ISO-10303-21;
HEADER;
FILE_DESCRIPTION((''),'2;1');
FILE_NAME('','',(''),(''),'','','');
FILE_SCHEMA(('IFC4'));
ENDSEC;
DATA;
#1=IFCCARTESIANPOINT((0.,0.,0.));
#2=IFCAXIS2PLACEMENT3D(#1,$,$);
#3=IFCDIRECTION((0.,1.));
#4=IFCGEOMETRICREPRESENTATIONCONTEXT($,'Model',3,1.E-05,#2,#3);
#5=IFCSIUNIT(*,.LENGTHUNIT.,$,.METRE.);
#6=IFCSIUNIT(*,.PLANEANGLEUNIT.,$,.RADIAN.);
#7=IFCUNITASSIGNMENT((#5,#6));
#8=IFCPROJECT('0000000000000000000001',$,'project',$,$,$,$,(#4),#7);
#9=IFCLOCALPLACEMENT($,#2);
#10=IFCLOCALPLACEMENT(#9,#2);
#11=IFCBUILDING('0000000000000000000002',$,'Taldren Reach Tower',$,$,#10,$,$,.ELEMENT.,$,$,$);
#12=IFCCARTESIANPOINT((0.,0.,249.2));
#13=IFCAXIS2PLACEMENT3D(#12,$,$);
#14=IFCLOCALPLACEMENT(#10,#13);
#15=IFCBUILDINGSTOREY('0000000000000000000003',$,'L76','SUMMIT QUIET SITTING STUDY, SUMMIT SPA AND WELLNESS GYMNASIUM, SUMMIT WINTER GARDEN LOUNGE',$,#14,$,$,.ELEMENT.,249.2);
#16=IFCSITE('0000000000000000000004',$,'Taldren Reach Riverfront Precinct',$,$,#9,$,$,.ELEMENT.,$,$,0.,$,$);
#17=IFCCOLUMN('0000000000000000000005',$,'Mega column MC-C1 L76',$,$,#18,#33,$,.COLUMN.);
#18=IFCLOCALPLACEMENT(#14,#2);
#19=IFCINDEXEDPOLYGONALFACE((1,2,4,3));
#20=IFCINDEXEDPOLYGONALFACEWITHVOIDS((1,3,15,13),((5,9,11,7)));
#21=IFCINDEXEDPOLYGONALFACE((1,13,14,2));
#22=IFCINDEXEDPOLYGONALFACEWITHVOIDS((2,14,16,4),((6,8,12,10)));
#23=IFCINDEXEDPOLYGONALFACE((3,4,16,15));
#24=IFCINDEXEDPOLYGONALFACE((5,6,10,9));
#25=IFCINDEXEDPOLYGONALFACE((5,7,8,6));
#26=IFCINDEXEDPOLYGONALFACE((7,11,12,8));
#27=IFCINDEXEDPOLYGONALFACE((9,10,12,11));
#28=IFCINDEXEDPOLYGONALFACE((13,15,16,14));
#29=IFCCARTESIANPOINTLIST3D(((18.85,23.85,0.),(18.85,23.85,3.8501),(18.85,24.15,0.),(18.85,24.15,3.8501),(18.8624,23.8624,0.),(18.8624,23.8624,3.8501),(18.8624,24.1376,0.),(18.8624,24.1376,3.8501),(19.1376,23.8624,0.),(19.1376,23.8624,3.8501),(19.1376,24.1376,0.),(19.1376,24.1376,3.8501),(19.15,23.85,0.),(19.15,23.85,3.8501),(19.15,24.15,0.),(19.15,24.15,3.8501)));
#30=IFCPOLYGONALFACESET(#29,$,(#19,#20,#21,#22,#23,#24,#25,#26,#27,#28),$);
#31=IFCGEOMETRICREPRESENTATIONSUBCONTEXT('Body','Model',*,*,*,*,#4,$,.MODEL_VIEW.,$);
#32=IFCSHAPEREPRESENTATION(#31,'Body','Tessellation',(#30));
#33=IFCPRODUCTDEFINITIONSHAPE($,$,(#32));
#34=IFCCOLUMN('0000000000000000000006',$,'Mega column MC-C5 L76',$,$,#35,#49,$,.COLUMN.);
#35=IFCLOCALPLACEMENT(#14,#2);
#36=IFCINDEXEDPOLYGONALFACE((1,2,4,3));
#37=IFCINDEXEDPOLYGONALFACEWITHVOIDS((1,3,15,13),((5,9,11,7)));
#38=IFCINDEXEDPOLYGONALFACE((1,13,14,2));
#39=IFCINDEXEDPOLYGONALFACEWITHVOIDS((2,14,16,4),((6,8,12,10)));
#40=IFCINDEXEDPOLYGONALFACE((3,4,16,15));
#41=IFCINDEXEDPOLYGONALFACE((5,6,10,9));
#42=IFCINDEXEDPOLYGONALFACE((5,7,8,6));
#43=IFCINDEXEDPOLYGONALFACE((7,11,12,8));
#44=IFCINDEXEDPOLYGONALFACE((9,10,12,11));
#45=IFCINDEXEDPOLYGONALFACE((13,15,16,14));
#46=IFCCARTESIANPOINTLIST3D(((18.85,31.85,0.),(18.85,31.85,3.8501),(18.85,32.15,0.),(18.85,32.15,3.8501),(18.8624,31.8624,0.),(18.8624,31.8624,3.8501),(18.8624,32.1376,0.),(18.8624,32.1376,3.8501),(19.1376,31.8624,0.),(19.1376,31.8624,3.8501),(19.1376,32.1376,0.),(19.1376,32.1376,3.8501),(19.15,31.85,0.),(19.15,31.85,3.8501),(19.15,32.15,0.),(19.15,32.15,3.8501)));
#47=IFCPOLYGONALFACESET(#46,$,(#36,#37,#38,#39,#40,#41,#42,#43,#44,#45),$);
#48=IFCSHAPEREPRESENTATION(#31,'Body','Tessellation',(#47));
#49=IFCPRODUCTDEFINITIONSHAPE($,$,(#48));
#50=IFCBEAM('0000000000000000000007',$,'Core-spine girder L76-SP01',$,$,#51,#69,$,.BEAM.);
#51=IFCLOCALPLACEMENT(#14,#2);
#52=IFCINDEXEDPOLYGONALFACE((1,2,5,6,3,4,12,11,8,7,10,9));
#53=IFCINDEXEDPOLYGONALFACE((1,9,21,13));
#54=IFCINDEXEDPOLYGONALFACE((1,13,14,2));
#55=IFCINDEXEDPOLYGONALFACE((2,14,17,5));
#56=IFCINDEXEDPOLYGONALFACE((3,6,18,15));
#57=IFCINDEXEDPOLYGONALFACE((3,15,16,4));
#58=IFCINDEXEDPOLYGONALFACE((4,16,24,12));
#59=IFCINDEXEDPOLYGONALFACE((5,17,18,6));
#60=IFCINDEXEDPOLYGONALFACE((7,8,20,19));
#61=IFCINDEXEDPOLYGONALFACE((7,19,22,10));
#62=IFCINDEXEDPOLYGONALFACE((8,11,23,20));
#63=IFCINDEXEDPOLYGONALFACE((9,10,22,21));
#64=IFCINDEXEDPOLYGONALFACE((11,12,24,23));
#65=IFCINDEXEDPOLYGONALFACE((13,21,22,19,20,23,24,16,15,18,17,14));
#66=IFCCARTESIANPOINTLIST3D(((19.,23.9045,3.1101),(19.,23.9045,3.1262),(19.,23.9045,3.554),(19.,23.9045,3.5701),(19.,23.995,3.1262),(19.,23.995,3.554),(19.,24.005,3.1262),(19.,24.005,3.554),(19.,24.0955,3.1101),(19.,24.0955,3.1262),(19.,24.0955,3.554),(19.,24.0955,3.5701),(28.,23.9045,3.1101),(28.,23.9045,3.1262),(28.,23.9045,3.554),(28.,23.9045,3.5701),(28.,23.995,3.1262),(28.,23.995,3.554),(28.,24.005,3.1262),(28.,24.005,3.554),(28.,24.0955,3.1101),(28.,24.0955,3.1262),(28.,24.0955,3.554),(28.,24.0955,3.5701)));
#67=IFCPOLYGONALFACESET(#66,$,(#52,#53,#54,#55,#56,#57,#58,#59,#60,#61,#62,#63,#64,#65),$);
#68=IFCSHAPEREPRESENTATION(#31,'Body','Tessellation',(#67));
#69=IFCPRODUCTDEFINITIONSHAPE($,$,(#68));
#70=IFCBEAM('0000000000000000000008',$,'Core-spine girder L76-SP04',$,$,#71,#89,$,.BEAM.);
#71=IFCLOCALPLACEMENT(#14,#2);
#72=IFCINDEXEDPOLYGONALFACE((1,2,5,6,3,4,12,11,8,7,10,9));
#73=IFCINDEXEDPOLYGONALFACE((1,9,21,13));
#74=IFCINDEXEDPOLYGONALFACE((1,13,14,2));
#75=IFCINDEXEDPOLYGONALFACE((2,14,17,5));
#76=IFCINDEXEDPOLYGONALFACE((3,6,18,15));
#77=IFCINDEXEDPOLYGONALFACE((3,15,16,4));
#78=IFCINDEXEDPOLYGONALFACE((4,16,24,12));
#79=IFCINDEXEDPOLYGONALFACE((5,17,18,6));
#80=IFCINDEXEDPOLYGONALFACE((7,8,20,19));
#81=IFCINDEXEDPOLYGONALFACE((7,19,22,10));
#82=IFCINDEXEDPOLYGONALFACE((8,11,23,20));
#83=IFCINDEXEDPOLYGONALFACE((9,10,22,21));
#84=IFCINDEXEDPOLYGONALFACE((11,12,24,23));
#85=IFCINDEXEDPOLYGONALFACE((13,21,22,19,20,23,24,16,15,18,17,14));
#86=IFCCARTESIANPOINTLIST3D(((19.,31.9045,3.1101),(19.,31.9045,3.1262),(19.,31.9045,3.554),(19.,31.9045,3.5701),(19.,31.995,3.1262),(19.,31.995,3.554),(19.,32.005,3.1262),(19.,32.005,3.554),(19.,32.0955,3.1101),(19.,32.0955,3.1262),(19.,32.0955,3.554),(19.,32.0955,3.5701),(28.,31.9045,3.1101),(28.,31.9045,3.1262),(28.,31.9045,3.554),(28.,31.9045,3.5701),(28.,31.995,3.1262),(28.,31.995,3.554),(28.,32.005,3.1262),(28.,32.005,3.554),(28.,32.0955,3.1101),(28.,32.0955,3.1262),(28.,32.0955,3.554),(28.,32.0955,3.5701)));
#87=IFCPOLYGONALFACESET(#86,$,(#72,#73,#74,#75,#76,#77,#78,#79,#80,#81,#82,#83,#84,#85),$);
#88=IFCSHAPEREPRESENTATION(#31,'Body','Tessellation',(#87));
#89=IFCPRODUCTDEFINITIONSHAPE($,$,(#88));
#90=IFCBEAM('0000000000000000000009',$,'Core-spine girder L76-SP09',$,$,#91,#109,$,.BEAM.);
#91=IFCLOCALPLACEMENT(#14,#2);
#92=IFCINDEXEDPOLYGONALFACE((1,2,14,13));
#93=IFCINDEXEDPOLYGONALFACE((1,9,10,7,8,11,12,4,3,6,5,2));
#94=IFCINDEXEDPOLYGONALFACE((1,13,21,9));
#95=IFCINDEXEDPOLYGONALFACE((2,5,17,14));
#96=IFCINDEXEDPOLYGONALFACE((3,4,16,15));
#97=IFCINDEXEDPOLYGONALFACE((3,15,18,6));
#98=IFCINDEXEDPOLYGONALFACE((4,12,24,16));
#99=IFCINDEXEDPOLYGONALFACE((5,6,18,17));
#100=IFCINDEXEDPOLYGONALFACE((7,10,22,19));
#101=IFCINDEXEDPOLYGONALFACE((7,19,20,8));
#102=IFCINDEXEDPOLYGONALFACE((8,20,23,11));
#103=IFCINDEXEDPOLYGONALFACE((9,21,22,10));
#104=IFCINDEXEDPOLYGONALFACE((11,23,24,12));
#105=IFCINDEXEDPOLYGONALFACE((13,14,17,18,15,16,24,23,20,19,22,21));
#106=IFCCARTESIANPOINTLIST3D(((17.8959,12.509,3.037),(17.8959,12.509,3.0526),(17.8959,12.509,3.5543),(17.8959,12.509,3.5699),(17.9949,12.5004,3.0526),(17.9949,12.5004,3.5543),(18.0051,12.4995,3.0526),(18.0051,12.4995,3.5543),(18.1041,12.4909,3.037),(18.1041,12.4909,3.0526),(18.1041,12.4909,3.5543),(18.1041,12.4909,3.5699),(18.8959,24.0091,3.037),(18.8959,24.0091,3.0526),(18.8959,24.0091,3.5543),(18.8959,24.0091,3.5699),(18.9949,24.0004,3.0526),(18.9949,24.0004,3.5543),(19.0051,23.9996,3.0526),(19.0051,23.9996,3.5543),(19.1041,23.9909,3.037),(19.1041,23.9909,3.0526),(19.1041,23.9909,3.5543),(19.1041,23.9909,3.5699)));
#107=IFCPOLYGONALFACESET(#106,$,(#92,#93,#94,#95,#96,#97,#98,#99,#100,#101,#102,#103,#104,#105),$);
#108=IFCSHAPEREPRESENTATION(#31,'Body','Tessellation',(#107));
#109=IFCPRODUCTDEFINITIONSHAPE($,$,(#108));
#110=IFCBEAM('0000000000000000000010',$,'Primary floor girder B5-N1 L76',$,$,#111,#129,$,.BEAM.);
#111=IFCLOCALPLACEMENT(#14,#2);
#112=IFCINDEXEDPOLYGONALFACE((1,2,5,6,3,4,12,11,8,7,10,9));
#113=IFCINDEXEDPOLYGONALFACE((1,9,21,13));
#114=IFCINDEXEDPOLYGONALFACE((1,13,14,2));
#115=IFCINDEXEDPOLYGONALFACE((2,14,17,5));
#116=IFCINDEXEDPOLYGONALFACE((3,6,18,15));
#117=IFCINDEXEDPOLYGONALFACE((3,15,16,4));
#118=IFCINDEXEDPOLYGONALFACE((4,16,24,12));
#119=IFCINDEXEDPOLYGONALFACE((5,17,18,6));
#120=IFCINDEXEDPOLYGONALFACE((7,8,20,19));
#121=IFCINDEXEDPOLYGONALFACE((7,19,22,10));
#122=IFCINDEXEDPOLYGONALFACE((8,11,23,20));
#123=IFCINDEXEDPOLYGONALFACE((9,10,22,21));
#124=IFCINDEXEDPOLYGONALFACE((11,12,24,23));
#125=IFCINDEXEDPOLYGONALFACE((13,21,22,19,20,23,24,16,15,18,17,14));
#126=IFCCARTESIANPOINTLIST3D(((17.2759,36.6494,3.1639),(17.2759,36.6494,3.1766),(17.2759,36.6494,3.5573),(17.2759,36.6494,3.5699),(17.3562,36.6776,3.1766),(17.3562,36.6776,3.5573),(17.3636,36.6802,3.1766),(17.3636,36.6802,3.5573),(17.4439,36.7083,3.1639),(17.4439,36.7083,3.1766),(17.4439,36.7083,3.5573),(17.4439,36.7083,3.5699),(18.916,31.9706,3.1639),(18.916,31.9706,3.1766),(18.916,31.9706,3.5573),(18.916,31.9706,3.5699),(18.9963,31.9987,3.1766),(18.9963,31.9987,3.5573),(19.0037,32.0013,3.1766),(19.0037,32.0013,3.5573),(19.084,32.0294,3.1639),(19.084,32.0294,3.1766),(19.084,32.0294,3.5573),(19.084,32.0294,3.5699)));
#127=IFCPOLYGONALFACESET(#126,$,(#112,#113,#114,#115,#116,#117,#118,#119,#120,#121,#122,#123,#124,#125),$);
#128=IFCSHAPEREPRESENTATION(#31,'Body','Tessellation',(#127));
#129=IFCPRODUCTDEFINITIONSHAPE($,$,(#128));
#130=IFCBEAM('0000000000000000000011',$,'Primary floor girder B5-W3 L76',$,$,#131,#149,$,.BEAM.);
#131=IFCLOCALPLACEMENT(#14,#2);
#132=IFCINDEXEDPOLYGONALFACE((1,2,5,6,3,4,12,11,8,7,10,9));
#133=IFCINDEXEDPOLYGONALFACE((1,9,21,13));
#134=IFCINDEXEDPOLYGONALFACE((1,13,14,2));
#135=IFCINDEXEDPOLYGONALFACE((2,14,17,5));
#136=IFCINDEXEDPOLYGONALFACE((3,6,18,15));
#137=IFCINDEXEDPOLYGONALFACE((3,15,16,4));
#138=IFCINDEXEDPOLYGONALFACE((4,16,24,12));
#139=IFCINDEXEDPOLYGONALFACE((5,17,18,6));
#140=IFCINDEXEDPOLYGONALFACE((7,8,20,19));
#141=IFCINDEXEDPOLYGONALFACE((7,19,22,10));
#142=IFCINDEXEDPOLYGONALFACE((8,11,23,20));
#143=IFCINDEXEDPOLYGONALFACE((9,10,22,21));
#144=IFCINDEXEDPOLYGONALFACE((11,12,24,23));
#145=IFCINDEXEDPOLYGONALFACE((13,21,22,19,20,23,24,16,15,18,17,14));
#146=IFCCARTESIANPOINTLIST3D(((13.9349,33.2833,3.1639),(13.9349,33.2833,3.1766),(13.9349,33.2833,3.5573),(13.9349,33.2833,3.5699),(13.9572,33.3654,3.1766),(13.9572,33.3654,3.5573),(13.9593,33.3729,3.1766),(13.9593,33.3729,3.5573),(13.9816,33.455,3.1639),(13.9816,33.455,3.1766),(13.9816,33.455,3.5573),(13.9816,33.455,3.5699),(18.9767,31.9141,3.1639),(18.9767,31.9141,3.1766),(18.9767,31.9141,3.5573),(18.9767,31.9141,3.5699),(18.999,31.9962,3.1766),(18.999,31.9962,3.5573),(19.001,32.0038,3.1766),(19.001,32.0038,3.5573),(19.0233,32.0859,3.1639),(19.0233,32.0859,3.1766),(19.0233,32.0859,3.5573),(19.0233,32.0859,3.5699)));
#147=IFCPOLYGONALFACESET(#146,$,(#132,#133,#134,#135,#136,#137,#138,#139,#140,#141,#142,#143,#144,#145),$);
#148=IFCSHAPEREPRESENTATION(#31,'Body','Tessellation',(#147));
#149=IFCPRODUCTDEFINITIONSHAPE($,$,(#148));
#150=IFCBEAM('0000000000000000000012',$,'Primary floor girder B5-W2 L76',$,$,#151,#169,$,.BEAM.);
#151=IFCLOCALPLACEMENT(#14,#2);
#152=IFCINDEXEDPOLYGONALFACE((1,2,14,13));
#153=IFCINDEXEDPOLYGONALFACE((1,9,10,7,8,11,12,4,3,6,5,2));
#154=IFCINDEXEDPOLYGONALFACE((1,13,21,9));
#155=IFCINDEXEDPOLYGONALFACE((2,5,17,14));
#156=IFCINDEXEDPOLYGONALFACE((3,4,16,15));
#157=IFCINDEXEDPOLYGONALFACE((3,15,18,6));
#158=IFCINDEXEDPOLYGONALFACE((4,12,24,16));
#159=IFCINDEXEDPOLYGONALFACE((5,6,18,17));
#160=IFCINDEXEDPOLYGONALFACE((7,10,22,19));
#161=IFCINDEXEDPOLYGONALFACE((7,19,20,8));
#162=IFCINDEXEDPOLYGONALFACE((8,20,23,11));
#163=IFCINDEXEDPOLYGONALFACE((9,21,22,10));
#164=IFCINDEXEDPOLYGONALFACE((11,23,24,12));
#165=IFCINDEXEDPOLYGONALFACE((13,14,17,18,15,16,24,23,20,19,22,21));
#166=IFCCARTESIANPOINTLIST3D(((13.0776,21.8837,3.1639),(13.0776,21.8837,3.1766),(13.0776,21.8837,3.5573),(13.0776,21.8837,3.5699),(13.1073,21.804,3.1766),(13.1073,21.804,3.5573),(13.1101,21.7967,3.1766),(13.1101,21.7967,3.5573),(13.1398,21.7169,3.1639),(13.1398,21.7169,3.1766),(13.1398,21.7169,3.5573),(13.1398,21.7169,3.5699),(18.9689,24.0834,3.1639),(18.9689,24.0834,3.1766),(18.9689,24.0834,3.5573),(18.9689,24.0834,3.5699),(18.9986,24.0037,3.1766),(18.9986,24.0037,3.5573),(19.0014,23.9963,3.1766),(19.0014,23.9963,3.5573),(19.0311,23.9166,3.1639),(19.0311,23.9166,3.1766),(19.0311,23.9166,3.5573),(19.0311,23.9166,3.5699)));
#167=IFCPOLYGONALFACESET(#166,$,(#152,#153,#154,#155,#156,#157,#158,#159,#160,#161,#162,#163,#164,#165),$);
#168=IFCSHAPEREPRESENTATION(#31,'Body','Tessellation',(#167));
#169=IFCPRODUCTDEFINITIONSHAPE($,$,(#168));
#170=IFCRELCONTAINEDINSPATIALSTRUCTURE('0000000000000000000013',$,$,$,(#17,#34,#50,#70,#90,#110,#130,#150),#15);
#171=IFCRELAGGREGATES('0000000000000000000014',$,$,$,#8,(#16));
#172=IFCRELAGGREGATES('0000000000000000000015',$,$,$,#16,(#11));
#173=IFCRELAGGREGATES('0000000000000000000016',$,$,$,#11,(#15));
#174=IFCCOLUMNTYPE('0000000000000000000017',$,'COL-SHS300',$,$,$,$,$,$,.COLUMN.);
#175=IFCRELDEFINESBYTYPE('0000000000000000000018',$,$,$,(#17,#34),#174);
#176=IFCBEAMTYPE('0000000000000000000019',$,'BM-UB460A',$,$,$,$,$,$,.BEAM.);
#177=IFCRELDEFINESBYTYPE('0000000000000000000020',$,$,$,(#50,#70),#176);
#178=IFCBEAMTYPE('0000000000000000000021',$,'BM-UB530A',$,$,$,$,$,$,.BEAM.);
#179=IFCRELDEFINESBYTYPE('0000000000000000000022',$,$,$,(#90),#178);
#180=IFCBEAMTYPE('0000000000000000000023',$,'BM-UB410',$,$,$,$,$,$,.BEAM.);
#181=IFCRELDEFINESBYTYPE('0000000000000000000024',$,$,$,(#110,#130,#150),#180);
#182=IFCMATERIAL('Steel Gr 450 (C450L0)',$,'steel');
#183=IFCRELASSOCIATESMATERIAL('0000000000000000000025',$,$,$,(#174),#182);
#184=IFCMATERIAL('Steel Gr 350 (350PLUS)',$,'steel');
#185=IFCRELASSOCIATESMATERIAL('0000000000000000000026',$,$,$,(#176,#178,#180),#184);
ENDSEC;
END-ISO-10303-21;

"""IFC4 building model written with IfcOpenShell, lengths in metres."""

from ifc_helpers import new_model, si_unit, direction, frame, origin, origin_2d, place, context, subcontext, project, spatial, hollow_rectangle, i_section, extrude, source, transform, mapped, material, material_profile, profile_set, type_object, element, save


model = new_model("IFC4")

# Units and contexts
model_context = context("Model", 3, precision=1e-05, world=origin(), true_north=direction((0.0, 1.0)))
body_context = subcontext(model_context, "Body", "Model", "MODEL_VIEW")
ifc_project = project(units=[si_unit("LENGTHUNIT", "METRE"), si_unit("PLANEANGLEUNIT", "RADIAN")], contexts=[model_context])

# Site, building, storey
site_placement = place(None, origin())
site = spatial("IfcSite", under=ifc_project, at=site_placement, Name="Taldren Reach Riverfront Precinct", CompositionType="ELEMENT", RefElevation=0.0)
building_placement = place(site_placement, origin())
building = spatial("IfcBuilding", under=site, at=building_placement, Name="Taldren Reach Tower", CompositionType="ELEMENT")
storey_placement = place(building_placement, frame((0.0, 0.0, 249.2)))
storey = spatial("IfcBuildingStorey", under=building, at=storey_placement, Name="L76", Description="SUMMIT QUIET SITTING STUDY, SUMMIT SPA AND WELLNESS GYMNASIUM, SUMMIT WINTER GARDEN LOUNGE", CompositionType="ELEMENT", Elevation=249.2)

# Columns
ifc_material_1 = material(Name="Steel Gr 450 (C450L0)", Category="steel")
ifc_material_profile_1 = material_profile(ifc_material_1, hollow_rectangle(XDim=0.3, YDim=0.3, WallThickness=0.0125, at=origin_2d()), Name="300x300x12.5SHS")
ifc_profile_set_1 = profile_set([ifc_material_profile_1], Name="Steel Gr 450 (C450L0)")
column_type = type_object("IfcColumnType", Name="COL-SHS300", PredefinedType="COLUMN", material=ifc_profile_set_1)
shared_shape_1 = source(origin(), body_context, "Body", "SweptSolid", [
    extrude(hollow_rectangle(XDim=0.3, YDim=0.3, WallThickness=0.0125, at=origin_2d()), origin(), (0.0, 0.0, 1.0), 3.8501),
])
for number, where, z_axis, x_axis, name in (
    (1, (19.0, 24.0, 0.0), (0.0, 0.0, 1.0), (1.0, 0.0, 0.0), "Mega column MC-C1 L76"),
    (2, (19.0, 32.0, 0.0), (0.0, 0.0, 1.0), (1.0, 0.0, 0.0), "Mega column MC-C5 L76"),
):
    element("IfcColumn", number, at=place(storey_placement, frame(where, z_axis=z_axis, x_axis=x_axis)), inside=storey, type_object=column_type, Name=name, PredefinedType="COLUMN", context=body_context, shape_type="MappedRepresentation", body=[
        mapped(shared_shape_1, transform((0.0, 0.0, 0.0), scale=1.0)),
    ])

# Beams
ifc_material_2 = material(Name="Steel Gr 350 (350PLUS)", Category="steel")
ifc_material_profile_2 = material_profile(ifc_material_2, i_section(OverallWidth=0.1909, OverallDepth=0.46, WebThickness=0.01, FlangeThickness=0.0161, at=origin_2d()), Name="460UB82.1")
ifc_profile_set_2 = profile_set([ifc_material_profile_2], Name="Steel Gr 350 (350PLUS)")
beam_type_1 = type_object("IfcBeamType", Name="BM-UB460A", PredefinedType="BEAM", material=ifc_profile_set_2)
shared_shape_2 = source(origin(), body_context, "Body", "SweptSolid", [
    extrude(i_section(OverallWidth=0.1909, OverallDepth=0.46, WebThickness=0.01, FlangeThickness=0.0161, at=origin_2d()), origin(), (0.0, 0.0, 1.0), 9.0),
])
for number, where, z_axis, x_axis, name in (
    (3, (19.0, 24.0, 3.3401), (1.0, 0.0, 0.0), (0.0, 1.0, 0.0), "Core-spine girder L76-SP01"),
    (4, (19.0, 32.0, 3.3401), (1.0, 0.0, 0.0), (0.0, 1.0, 0.0), "Core-spine girder L76-SP04"),
):
    element("IfcBeam", number, at=place(storey_placement, frame(where, z_axis=z_axis, x_axis=x_axis)), inside=storey, type_object=beam_type_1, Name=name, PredefinedType="BEAM", context=body_context, shape_type="MappedRepresentation", body=[
        mapped(shared_shape_2, transform((0.0, 0.0, 0.0), scale=1.0)),
    ])
ifc_material_profile_3 = material_profile(ifc_material_2, i_section(OverallWidth=0.209, OverallDepth=0.533, WebThickness=0.0103, FlangeThickness=0.0156, at=origin_2d()), Name="530UB92.4")
ifc_profile_set_3 = profile_set([ifc_material_profile_3], Name="Steel Gr 350 (350PLUS)")
beam_type_2 = type_object("IfcBeamType", Name="BM-UB530A", PredefinedType="BEAM", material=ifc_profile_set_3)
shared_shape_3 = source(origin(), body_context, "Body", "SweptSolid", [
    extrude(i_section(OverallWidth=0.209, OverallDepth=0.533, WebThickness=0.0103, FlangeThickness=0.0156, at=origin_2d()), origin(), (0.0, 0.0, 1.0), 11.5435),
])
beam_1_placement = place(storey_placement, frame((19.0, 24.0, 3.3035), z_axis=(-0.08663, -0.996241, 0.0), x_axis=(0.996241, -0.08663, 0.0)))
element("IfcBeam", 5, at=beam_1_placement, inside=storey, type_object=beam_type_2, Name="Core-spine girder L76-SP09", PredefinedType="BEAM", context=body_context, shape_type="MappedRepresentation", body=[
    mapped(shared_shape_3, transform((0.0, 0.0, 0.0), scale=1.0)),
])
ifc_material_profile_4 = material_profile(ifc_material_2, i_section(OverallWidth=0.178, OverallDepth=0.406, WebThickness=0.0078, FlangeThickness=0.0127, at=origin_2d()), Name="410UB59.7")
ifc_profile_set_4 = profile_set([ifc_material_profile_4], Name="Steel Gr 350 (350PLUS)")
beam_type_3 = type_object("IfcBeamType", Name="BM-UB410", PredefinedType="BEAM", material=ifc_profile_set_4)
shared_shape_4 = source(origin(), body_context, "Body", "SweptSolid", [
    extrude(i_section(OverallWidth=0.178, OverallDepth=0.406, WebThickness=0.0078, FlangeThickness=0.0127, at=origin_2d()), origin(), (0.0, 0.0, 1.0), 4.958),
])
beam_2_placement = place(storey_placement, frame((19.0, 32.0, 3.3669), z_axis=(-0.3308, 0.943701, 0.0), x_axis=(-0.943701, -0.3308, 0.0)))
element("IfcBeam", 6, at=beam_2_placement, inside=storey, type_object=beam_type_3, Name="Primary floor girder B5-N1 L76", PredefinedType="BEAM", context=body_context, shape_type="MappedRepresentation", body=[
    mapped(shared_shape_4, transform((0.0, 0.0, 0.0), scale=1.0)),
])
shared_shape_5 = source(origin(), body_context, "Body", "SweptSolid", [
    extrude(i_section(OverallWidth=0.178, OverallDepth=0.406, WebThickness=0.0078, FlangeThickness=0.0127, at=origin_2d()), origin(), (0.0, 0.0, 1.0), 5.2244),
])
beam_3_placement = place(storey_placement, frame((19.0, 32.0, 3.3669), z_axis=(-0.965049, 0.262069, 0.0), x_axis=(-0.262069, -0.965049, 0.0)))
element("IfcBeam", 7, at=beam_3_placement, inside=storey, type_object=beam_type_3, Name="Primary floor girder B5-W3 L76", PredefinedType="BEAM", context=body_context, shape_type="MappedRepresentation", body=[
    mapped(shared_shape_5, transform((0.0, 0.0, 0.0), scale=1.0)),
])
shared_shape_6 = source(origin(), body_context, "Body", "SweptSolid", [
    extrude(i_section(OverallWidth=0.178, OverallDepth=0.406, WebThickness=0.0078, FlangeThickness=0.0127, at=origin_2d()), origin(), (0.0, 0.0, 1.0), 6.2886),
])
beam_4_placement = place(storey_placement, frame((19.0, 24.0, 3.3669), z_axis=(-0.936828, -0.349791, 0.0), x_axis=(0.349791, -0.936828, 0.0)))
element("IfcBeam", 8, at=beam_4_placement, inside=storey, type_object=beam_type_3, Name="Primary floor girder B5-W2 L76", PredefinedType="BEAM", context=body_context, shape_type="MappedRepresentation", body=[
    mapped(shared_shape_6, transform((0.0, 0.0, 0.0), scale=1.0)),
])

save(model, "model.ifc")
